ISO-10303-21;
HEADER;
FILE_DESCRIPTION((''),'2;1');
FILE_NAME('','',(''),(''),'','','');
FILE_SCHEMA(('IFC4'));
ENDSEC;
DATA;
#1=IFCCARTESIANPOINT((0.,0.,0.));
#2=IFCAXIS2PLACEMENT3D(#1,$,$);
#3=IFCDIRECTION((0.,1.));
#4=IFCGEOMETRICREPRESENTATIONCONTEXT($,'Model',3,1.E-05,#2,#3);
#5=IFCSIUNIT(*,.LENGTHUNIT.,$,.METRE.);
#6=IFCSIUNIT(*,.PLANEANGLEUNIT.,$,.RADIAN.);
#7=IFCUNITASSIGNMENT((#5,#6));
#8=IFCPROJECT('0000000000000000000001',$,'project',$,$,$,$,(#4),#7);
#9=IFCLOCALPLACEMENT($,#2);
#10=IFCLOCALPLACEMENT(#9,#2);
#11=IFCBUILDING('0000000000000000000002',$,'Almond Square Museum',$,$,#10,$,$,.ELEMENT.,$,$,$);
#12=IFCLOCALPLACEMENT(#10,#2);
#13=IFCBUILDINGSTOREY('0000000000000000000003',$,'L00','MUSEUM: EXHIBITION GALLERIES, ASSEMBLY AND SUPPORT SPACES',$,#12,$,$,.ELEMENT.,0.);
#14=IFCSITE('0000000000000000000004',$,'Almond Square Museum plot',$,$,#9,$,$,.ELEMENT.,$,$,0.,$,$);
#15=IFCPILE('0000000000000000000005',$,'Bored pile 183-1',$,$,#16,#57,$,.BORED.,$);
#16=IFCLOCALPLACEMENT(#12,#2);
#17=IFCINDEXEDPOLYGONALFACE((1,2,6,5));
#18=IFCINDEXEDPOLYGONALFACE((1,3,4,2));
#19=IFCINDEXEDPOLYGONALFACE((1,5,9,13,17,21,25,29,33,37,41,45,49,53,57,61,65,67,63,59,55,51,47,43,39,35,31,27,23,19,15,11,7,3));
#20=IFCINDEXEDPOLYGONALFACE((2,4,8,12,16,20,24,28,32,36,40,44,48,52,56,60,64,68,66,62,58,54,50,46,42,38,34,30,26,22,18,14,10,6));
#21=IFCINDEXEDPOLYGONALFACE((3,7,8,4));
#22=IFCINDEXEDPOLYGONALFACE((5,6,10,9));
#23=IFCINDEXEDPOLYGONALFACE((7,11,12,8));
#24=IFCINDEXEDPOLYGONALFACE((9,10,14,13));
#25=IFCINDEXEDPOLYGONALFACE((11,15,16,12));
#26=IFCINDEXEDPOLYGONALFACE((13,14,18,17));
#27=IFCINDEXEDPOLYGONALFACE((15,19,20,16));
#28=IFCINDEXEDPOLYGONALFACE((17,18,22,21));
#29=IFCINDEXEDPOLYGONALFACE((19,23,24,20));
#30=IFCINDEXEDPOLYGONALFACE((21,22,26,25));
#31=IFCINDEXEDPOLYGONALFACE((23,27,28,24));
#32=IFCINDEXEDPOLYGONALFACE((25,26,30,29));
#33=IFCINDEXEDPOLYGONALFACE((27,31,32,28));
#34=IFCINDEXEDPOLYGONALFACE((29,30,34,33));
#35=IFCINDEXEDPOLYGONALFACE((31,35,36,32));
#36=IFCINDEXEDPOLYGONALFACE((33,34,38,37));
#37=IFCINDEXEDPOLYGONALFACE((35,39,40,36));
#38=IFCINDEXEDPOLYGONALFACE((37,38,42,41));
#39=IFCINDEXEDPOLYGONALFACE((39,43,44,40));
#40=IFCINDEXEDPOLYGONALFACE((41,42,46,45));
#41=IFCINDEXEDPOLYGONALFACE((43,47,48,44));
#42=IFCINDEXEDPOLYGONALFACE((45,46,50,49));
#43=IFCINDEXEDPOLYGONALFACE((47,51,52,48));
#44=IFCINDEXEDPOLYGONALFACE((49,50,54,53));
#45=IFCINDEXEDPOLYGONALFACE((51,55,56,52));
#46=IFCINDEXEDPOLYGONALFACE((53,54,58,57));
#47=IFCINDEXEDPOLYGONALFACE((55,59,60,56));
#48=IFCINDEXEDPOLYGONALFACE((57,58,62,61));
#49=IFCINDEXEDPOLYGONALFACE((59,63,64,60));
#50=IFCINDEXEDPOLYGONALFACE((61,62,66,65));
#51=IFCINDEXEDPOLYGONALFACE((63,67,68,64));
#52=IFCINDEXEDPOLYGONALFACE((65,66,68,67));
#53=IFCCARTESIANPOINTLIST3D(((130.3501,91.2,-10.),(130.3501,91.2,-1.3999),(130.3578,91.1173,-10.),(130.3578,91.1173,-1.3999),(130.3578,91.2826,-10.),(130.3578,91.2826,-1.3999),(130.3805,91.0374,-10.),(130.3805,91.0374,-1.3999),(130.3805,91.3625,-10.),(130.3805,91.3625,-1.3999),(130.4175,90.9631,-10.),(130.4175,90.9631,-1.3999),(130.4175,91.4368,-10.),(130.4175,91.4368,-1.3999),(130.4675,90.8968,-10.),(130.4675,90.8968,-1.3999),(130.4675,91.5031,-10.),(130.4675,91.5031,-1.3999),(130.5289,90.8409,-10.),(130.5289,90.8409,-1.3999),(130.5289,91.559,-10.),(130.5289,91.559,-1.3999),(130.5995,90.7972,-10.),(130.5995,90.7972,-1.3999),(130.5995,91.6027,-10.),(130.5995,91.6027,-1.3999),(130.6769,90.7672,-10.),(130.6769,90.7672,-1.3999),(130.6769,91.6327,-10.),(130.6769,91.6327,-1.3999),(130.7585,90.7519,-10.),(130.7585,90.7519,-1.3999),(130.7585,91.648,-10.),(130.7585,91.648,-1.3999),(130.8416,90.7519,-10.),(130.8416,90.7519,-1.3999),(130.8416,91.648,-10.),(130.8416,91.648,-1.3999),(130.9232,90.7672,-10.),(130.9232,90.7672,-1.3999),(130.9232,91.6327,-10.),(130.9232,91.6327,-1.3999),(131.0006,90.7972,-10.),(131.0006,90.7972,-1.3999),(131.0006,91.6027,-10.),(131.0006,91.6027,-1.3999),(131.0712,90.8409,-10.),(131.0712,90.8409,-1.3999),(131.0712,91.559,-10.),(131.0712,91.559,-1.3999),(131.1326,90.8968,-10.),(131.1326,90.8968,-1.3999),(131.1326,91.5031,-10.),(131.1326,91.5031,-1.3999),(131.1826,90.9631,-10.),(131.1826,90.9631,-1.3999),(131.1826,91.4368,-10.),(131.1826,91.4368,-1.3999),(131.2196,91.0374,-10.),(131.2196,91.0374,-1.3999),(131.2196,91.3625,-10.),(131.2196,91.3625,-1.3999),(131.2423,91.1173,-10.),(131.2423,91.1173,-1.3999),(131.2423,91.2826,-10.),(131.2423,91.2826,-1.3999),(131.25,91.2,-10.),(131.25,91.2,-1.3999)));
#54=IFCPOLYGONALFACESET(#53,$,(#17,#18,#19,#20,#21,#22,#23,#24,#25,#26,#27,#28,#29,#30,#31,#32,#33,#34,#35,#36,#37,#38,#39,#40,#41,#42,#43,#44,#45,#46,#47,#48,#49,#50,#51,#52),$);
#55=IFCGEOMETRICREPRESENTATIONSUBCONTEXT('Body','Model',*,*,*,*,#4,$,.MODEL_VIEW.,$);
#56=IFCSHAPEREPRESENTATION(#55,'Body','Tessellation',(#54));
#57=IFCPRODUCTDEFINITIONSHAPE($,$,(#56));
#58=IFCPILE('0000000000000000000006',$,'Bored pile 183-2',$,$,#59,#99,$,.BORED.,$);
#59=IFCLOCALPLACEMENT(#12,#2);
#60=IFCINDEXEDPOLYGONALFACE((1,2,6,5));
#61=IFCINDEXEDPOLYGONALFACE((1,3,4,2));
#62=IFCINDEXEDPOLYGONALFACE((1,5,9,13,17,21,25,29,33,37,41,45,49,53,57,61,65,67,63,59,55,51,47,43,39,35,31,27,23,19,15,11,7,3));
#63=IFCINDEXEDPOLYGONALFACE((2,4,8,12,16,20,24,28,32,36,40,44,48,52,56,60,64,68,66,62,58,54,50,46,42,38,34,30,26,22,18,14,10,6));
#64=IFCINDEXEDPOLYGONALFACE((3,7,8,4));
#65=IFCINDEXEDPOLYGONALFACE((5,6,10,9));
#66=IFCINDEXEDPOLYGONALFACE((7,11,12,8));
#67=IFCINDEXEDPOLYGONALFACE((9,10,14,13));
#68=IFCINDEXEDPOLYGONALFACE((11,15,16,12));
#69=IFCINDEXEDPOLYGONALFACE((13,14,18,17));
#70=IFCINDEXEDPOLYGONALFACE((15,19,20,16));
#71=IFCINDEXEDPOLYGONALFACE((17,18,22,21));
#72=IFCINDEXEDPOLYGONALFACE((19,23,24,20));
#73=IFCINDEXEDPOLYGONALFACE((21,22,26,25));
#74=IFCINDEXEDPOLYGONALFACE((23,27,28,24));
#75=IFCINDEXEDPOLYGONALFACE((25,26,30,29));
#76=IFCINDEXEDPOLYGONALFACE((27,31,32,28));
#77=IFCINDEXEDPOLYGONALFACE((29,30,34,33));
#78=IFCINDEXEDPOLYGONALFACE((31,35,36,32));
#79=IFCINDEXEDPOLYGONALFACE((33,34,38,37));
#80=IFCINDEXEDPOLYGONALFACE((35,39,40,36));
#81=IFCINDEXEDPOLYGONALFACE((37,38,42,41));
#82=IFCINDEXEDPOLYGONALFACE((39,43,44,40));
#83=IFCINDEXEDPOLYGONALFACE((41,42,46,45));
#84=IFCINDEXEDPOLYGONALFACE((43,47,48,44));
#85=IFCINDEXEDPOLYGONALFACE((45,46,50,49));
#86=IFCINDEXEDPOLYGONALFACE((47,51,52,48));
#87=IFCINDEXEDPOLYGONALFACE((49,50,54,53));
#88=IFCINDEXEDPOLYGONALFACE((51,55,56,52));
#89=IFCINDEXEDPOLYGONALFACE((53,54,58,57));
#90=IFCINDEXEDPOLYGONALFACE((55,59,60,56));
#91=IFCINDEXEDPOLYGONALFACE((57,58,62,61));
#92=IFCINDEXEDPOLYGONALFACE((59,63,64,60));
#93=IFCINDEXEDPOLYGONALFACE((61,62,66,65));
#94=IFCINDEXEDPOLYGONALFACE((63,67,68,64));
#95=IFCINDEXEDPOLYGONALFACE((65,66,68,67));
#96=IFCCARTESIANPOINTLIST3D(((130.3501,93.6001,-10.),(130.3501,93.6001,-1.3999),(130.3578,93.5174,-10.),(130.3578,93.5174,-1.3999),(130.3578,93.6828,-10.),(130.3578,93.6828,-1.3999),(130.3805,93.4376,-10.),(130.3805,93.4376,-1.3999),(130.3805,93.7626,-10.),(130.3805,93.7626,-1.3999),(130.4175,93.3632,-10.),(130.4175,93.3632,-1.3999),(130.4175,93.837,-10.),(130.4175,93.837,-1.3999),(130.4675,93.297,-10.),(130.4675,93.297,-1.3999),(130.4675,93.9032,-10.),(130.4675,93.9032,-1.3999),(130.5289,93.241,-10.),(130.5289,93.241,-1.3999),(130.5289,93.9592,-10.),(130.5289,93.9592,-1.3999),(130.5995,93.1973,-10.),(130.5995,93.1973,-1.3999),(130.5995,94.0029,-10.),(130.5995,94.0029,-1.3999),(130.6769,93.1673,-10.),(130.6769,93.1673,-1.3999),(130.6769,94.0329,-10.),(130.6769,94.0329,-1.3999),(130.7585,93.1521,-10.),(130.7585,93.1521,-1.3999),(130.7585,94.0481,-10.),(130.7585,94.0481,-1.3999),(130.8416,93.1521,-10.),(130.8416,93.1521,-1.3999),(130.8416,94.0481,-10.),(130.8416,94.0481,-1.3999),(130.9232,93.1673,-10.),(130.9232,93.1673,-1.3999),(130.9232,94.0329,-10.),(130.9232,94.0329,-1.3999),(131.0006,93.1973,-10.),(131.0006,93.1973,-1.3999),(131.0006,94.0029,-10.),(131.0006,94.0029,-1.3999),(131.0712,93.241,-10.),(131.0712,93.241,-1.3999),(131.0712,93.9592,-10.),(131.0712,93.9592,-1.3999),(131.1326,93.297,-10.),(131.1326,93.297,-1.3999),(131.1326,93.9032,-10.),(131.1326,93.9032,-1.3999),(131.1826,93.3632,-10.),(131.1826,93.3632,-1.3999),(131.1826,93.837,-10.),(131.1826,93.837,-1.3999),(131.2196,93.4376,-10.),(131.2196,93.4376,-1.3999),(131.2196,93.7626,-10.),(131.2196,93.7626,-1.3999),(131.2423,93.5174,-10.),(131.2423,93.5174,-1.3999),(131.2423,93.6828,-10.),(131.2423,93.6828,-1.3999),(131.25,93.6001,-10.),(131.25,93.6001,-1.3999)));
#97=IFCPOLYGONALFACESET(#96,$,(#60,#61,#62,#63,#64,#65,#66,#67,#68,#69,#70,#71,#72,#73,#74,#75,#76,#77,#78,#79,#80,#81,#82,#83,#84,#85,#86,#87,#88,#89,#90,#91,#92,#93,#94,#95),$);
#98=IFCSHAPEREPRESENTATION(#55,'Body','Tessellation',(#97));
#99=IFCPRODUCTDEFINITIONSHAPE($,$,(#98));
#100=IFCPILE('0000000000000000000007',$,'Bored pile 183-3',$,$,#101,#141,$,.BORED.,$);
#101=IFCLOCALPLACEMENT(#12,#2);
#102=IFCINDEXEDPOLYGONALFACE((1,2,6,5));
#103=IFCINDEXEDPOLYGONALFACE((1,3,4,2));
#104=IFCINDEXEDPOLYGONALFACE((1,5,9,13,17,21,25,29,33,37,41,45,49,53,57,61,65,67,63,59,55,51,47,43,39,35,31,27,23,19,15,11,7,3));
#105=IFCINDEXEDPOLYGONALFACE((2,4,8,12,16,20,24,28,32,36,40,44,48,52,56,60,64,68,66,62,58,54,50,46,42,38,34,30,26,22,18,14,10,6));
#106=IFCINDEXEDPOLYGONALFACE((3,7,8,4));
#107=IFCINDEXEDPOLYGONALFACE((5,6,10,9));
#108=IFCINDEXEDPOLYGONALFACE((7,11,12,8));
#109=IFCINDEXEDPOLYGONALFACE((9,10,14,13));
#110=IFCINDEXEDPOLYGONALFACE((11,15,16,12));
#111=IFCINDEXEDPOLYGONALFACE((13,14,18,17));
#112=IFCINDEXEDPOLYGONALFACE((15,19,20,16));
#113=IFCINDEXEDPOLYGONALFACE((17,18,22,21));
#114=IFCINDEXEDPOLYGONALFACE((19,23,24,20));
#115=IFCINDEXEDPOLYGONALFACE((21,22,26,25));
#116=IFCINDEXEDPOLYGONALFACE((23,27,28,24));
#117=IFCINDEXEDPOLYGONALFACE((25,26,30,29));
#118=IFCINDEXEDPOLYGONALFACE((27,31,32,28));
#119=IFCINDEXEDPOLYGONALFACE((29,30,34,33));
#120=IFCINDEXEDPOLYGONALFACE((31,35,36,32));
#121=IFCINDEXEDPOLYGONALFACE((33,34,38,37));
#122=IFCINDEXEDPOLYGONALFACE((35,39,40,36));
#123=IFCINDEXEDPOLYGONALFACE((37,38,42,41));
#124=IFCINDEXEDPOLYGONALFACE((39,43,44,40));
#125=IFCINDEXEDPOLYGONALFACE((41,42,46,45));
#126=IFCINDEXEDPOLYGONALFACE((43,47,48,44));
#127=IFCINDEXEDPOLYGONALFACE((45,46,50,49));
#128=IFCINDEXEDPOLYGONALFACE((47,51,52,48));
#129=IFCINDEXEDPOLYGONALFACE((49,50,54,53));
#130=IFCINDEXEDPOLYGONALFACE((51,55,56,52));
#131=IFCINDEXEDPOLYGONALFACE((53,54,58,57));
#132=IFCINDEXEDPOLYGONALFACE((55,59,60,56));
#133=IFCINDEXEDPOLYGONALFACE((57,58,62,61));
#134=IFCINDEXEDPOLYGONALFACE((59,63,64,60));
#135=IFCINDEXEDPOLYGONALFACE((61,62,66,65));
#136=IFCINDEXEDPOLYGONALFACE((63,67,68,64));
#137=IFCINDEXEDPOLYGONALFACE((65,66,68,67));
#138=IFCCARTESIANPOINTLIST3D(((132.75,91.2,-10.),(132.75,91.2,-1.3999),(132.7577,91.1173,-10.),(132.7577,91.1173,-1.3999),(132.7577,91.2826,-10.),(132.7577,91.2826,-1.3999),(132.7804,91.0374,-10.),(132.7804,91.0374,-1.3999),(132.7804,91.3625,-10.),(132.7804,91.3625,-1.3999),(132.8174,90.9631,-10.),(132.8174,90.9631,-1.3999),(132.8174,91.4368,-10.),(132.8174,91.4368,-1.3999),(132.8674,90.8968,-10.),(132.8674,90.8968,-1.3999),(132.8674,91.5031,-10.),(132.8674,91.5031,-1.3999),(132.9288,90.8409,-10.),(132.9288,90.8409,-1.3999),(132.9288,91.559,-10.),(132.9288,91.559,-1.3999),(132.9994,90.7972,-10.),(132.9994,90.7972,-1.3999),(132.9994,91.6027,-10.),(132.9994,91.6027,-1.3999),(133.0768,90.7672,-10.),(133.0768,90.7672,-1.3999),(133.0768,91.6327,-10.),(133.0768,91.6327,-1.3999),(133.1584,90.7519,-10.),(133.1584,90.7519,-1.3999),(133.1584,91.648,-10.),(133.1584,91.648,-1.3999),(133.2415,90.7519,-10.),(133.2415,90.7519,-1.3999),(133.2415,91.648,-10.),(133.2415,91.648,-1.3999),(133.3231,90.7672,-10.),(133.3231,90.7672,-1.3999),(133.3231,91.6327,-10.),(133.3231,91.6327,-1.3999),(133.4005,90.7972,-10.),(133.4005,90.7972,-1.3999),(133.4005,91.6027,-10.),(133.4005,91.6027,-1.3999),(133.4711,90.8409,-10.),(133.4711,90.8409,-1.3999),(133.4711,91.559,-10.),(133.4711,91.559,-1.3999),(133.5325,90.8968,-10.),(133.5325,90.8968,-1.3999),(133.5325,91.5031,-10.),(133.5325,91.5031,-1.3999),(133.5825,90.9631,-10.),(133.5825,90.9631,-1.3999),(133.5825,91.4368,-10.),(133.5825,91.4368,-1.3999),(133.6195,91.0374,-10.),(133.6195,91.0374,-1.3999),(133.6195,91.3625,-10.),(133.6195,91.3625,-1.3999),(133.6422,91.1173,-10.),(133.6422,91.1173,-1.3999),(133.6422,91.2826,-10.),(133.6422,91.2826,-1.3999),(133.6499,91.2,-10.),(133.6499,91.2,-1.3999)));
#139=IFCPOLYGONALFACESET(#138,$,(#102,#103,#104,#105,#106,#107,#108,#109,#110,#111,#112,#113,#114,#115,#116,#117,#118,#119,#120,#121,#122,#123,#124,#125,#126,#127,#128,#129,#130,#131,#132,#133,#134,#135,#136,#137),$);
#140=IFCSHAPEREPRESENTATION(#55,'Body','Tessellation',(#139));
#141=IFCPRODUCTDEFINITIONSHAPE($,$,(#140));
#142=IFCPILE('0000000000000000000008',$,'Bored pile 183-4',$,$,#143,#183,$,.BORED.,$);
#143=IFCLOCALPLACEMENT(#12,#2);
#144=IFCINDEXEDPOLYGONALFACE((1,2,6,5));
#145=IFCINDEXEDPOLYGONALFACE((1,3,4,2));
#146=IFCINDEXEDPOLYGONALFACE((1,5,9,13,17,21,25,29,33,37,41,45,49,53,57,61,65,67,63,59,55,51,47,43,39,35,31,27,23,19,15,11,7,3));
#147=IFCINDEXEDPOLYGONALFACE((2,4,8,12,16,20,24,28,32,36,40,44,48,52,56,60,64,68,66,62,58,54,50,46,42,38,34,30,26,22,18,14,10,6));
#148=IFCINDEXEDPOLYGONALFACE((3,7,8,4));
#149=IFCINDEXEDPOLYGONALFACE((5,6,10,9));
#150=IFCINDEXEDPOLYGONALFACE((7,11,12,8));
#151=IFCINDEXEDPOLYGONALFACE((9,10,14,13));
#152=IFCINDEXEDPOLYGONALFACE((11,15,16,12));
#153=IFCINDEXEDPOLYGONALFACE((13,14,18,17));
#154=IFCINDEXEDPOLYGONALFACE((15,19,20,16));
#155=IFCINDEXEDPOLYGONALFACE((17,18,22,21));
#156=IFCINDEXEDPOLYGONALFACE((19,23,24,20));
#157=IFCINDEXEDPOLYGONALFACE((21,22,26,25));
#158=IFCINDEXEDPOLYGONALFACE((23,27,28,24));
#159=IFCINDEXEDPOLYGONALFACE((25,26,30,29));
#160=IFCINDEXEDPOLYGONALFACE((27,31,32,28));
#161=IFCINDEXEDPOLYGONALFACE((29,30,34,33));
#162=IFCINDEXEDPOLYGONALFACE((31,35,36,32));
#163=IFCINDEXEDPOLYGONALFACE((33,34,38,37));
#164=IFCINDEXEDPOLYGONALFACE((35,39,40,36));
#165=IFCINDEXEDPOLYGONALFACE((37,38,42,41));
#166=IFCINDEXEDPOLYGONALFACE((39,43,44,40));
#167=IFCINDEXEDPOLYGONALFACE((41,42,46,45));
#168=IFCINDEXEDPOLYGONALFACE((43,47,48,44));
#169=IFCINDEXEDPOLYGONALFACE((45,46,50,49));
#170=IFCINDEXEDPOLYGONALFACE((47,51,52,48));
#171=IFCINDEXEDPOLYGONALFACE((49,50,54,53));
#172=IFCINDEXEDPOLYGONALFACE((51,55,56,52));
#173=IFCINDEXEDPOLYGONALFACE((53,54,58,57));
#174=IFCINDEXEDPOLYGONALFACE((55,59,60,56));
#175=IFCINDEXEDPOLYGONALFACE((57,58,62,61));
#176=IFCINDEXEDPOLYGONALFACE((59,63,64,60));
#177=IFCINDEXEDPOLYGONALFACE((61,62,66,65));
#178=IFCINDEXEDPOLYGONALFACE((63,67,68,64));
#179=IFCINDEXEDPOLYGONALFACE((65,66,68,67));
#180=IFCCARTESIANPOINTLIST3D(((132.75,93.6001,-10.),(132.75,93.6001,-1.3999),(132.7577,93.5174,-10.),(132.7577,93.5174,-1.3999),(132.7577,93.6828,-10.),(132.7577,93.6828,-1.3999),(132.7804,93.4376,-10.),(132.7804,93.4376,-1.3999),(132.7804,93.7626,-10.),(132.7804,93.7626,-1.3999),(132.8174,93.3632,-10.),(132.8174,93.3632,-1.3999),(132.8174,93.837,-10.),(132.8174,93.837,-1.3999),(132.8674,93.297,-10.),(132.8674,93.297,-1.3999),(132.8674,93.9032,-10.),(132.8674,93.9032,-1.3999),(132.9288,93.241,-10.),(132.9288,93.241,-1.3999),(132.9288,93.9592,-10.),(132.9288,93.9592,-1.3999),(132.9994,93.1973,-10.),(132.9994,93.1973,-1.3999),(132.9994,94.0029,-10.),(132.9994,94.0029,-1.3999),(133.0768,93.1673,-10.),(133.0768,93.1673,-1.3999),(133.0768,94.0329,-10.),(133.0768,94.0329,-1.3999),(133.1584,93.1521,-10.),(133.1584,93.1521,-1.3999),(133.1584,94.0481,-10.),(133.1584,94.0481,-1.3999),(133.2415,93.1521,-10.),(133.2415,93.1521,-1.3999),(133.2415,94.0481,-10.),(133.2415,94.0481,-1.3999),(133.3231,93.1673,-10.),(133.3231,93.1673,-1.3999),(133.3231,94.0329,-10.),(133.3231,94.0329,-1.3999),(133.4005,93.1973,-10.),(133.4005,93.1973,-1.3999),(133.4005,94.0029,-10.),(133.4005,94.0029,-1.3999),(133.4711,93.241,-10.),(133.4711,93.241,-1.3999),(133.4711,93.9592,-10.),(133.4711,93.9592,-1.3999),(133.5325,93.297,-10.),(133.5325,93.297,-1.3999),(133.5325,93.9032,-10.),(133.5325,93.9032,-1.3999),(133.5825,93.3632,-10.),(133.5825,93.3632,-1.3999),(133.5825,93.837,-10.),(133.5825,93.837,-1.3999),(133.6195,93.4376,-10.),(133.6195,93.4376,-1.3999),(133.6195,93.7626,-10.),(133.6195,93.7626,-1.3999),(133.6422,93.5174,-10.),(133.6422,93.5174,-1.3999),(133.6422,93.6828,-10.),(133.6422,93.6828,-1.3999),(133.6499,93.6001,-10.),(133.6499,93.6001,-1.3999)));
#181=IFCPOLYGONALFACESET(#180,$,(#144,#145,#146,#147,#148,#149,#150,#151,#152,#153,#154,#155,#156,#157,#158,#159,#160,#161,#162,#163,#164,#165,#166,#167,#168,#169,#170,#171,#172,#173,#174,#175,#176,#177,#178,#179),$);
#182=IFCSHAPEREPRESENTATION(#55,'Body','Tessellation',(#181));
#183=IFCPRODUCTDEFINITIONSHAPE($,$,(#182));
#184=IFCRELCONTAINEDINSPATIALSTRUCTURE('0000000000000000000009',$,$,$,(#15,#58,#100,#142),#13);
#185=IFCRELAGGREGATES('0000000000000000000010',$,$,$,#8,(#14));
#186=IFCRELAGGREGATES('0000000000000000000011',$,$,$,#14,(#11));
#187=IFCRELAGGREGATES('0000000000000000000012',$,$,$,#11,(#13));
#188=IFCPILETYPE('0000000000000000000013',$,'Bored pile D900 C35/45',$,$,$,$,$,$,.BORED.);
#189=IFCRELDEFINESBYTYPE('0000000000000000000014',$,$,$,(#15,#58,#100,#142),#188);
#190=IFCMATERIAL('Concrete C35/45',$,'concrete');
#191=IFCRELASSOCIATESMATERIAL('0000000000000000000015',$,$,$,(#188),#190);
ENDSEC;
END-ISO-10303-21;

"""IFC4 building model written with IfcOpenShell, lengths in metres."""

from ifc_helpers import new_model, si_unit, direction, frame, origin, origin_2d, place, context, subcontext, project, spatial, circle, extrude, material, material_profile, profile_set, type_object, element, save


model = new_model("IFC4")

# Units and contexts
model_context = context("Model", 3, precision=1e-05, world=origin(), true_north=direction((0.0, 1.0)))
body_context = subcontext(model_context, "Body", "Model", "MODEL_VIEW")
ifc_project = project(units=[si_unit("LENGTHUNIT", "METRE"), si_unit("PLANEANGLEUNIT", "RADIAN")], contexts=[model_context])

# Site, building, storey
site_placement = place(None, origin())
site = spatial("IfcSite", under=ifc_project, at=site_placement, Name="Almond Square Museum plot", CompositionType="ELEMENT", RefElevation=0.0)
building_placement = place(site_placement, origin())
building = spatial("IfcBuilding", under=site, at=building_placement, Name="Almond Square Museum", CompositionType="ELEMENT")
storey_placement = place(building_placement, origin())
storey = spatial("IfcBuildingStorey", under=building, at=storey_placement, Name="L00", Description="MUSEUM: EXHIBITION GALLERIES, ASSEMBLY AND SUPPORT SPACES", CompositionType="ELEMENT", Elevation=0.0)

# Piles
ifc_material_1 = material(Name="Concrete C35/45", Category="concrete")
ifc_material_profile_1 = material_profile(ifc_material_1, circle(Radius=0.45, at=origin_2d()))
ifc_profile_set_1 = profile_set([ifc_material_profile_1], Name="Concrete C35/45")
pile_type = type_object("IfcPileType", Name="Bored pile D900 C35/45", PredefinedType="BORED", material=ifc_profile_set_1)
for number, where, z_axis, x_axis, name in (
    (1, (130.8, 91.2, -1.3999), (0.0, 0.0, -1.0), (1.0, 0.0, 0.0), "Bored pile 183-1"),
    (2, (130.8, 93.6001, -1.3999), (0.0, 0.0, -1.0), (1.0, 0.0, 0.0), "Bored pile 183-2"),
    (3, (133.2, 91.2, -1.3999), (0.0, 0.0, -1.0), (1.0, 0.0, 0.0), "Bored pile 183-3"),
    (4, (133.2, 93.6001, -1.3999), (0.0, 0.0, -1.0), (1.0, 0.0, 0.0), "Bored pile 183-4"),
):
    element("IfcPile", number, at=place(storey_placement, frame(where, z_axis=z_axis, x_axis=x_axis)), inside=storey, type_object=pile_type, Name=name, PredefinedType="BORED", context=body_context, shape_type="SweptSolid", body=[
        extrude(circle(Radius=0.45, at=origin_2d()), origin(), (0.0, 0.0, 1.0), 8.6001),
    ])

save(model, "model.ifc")
